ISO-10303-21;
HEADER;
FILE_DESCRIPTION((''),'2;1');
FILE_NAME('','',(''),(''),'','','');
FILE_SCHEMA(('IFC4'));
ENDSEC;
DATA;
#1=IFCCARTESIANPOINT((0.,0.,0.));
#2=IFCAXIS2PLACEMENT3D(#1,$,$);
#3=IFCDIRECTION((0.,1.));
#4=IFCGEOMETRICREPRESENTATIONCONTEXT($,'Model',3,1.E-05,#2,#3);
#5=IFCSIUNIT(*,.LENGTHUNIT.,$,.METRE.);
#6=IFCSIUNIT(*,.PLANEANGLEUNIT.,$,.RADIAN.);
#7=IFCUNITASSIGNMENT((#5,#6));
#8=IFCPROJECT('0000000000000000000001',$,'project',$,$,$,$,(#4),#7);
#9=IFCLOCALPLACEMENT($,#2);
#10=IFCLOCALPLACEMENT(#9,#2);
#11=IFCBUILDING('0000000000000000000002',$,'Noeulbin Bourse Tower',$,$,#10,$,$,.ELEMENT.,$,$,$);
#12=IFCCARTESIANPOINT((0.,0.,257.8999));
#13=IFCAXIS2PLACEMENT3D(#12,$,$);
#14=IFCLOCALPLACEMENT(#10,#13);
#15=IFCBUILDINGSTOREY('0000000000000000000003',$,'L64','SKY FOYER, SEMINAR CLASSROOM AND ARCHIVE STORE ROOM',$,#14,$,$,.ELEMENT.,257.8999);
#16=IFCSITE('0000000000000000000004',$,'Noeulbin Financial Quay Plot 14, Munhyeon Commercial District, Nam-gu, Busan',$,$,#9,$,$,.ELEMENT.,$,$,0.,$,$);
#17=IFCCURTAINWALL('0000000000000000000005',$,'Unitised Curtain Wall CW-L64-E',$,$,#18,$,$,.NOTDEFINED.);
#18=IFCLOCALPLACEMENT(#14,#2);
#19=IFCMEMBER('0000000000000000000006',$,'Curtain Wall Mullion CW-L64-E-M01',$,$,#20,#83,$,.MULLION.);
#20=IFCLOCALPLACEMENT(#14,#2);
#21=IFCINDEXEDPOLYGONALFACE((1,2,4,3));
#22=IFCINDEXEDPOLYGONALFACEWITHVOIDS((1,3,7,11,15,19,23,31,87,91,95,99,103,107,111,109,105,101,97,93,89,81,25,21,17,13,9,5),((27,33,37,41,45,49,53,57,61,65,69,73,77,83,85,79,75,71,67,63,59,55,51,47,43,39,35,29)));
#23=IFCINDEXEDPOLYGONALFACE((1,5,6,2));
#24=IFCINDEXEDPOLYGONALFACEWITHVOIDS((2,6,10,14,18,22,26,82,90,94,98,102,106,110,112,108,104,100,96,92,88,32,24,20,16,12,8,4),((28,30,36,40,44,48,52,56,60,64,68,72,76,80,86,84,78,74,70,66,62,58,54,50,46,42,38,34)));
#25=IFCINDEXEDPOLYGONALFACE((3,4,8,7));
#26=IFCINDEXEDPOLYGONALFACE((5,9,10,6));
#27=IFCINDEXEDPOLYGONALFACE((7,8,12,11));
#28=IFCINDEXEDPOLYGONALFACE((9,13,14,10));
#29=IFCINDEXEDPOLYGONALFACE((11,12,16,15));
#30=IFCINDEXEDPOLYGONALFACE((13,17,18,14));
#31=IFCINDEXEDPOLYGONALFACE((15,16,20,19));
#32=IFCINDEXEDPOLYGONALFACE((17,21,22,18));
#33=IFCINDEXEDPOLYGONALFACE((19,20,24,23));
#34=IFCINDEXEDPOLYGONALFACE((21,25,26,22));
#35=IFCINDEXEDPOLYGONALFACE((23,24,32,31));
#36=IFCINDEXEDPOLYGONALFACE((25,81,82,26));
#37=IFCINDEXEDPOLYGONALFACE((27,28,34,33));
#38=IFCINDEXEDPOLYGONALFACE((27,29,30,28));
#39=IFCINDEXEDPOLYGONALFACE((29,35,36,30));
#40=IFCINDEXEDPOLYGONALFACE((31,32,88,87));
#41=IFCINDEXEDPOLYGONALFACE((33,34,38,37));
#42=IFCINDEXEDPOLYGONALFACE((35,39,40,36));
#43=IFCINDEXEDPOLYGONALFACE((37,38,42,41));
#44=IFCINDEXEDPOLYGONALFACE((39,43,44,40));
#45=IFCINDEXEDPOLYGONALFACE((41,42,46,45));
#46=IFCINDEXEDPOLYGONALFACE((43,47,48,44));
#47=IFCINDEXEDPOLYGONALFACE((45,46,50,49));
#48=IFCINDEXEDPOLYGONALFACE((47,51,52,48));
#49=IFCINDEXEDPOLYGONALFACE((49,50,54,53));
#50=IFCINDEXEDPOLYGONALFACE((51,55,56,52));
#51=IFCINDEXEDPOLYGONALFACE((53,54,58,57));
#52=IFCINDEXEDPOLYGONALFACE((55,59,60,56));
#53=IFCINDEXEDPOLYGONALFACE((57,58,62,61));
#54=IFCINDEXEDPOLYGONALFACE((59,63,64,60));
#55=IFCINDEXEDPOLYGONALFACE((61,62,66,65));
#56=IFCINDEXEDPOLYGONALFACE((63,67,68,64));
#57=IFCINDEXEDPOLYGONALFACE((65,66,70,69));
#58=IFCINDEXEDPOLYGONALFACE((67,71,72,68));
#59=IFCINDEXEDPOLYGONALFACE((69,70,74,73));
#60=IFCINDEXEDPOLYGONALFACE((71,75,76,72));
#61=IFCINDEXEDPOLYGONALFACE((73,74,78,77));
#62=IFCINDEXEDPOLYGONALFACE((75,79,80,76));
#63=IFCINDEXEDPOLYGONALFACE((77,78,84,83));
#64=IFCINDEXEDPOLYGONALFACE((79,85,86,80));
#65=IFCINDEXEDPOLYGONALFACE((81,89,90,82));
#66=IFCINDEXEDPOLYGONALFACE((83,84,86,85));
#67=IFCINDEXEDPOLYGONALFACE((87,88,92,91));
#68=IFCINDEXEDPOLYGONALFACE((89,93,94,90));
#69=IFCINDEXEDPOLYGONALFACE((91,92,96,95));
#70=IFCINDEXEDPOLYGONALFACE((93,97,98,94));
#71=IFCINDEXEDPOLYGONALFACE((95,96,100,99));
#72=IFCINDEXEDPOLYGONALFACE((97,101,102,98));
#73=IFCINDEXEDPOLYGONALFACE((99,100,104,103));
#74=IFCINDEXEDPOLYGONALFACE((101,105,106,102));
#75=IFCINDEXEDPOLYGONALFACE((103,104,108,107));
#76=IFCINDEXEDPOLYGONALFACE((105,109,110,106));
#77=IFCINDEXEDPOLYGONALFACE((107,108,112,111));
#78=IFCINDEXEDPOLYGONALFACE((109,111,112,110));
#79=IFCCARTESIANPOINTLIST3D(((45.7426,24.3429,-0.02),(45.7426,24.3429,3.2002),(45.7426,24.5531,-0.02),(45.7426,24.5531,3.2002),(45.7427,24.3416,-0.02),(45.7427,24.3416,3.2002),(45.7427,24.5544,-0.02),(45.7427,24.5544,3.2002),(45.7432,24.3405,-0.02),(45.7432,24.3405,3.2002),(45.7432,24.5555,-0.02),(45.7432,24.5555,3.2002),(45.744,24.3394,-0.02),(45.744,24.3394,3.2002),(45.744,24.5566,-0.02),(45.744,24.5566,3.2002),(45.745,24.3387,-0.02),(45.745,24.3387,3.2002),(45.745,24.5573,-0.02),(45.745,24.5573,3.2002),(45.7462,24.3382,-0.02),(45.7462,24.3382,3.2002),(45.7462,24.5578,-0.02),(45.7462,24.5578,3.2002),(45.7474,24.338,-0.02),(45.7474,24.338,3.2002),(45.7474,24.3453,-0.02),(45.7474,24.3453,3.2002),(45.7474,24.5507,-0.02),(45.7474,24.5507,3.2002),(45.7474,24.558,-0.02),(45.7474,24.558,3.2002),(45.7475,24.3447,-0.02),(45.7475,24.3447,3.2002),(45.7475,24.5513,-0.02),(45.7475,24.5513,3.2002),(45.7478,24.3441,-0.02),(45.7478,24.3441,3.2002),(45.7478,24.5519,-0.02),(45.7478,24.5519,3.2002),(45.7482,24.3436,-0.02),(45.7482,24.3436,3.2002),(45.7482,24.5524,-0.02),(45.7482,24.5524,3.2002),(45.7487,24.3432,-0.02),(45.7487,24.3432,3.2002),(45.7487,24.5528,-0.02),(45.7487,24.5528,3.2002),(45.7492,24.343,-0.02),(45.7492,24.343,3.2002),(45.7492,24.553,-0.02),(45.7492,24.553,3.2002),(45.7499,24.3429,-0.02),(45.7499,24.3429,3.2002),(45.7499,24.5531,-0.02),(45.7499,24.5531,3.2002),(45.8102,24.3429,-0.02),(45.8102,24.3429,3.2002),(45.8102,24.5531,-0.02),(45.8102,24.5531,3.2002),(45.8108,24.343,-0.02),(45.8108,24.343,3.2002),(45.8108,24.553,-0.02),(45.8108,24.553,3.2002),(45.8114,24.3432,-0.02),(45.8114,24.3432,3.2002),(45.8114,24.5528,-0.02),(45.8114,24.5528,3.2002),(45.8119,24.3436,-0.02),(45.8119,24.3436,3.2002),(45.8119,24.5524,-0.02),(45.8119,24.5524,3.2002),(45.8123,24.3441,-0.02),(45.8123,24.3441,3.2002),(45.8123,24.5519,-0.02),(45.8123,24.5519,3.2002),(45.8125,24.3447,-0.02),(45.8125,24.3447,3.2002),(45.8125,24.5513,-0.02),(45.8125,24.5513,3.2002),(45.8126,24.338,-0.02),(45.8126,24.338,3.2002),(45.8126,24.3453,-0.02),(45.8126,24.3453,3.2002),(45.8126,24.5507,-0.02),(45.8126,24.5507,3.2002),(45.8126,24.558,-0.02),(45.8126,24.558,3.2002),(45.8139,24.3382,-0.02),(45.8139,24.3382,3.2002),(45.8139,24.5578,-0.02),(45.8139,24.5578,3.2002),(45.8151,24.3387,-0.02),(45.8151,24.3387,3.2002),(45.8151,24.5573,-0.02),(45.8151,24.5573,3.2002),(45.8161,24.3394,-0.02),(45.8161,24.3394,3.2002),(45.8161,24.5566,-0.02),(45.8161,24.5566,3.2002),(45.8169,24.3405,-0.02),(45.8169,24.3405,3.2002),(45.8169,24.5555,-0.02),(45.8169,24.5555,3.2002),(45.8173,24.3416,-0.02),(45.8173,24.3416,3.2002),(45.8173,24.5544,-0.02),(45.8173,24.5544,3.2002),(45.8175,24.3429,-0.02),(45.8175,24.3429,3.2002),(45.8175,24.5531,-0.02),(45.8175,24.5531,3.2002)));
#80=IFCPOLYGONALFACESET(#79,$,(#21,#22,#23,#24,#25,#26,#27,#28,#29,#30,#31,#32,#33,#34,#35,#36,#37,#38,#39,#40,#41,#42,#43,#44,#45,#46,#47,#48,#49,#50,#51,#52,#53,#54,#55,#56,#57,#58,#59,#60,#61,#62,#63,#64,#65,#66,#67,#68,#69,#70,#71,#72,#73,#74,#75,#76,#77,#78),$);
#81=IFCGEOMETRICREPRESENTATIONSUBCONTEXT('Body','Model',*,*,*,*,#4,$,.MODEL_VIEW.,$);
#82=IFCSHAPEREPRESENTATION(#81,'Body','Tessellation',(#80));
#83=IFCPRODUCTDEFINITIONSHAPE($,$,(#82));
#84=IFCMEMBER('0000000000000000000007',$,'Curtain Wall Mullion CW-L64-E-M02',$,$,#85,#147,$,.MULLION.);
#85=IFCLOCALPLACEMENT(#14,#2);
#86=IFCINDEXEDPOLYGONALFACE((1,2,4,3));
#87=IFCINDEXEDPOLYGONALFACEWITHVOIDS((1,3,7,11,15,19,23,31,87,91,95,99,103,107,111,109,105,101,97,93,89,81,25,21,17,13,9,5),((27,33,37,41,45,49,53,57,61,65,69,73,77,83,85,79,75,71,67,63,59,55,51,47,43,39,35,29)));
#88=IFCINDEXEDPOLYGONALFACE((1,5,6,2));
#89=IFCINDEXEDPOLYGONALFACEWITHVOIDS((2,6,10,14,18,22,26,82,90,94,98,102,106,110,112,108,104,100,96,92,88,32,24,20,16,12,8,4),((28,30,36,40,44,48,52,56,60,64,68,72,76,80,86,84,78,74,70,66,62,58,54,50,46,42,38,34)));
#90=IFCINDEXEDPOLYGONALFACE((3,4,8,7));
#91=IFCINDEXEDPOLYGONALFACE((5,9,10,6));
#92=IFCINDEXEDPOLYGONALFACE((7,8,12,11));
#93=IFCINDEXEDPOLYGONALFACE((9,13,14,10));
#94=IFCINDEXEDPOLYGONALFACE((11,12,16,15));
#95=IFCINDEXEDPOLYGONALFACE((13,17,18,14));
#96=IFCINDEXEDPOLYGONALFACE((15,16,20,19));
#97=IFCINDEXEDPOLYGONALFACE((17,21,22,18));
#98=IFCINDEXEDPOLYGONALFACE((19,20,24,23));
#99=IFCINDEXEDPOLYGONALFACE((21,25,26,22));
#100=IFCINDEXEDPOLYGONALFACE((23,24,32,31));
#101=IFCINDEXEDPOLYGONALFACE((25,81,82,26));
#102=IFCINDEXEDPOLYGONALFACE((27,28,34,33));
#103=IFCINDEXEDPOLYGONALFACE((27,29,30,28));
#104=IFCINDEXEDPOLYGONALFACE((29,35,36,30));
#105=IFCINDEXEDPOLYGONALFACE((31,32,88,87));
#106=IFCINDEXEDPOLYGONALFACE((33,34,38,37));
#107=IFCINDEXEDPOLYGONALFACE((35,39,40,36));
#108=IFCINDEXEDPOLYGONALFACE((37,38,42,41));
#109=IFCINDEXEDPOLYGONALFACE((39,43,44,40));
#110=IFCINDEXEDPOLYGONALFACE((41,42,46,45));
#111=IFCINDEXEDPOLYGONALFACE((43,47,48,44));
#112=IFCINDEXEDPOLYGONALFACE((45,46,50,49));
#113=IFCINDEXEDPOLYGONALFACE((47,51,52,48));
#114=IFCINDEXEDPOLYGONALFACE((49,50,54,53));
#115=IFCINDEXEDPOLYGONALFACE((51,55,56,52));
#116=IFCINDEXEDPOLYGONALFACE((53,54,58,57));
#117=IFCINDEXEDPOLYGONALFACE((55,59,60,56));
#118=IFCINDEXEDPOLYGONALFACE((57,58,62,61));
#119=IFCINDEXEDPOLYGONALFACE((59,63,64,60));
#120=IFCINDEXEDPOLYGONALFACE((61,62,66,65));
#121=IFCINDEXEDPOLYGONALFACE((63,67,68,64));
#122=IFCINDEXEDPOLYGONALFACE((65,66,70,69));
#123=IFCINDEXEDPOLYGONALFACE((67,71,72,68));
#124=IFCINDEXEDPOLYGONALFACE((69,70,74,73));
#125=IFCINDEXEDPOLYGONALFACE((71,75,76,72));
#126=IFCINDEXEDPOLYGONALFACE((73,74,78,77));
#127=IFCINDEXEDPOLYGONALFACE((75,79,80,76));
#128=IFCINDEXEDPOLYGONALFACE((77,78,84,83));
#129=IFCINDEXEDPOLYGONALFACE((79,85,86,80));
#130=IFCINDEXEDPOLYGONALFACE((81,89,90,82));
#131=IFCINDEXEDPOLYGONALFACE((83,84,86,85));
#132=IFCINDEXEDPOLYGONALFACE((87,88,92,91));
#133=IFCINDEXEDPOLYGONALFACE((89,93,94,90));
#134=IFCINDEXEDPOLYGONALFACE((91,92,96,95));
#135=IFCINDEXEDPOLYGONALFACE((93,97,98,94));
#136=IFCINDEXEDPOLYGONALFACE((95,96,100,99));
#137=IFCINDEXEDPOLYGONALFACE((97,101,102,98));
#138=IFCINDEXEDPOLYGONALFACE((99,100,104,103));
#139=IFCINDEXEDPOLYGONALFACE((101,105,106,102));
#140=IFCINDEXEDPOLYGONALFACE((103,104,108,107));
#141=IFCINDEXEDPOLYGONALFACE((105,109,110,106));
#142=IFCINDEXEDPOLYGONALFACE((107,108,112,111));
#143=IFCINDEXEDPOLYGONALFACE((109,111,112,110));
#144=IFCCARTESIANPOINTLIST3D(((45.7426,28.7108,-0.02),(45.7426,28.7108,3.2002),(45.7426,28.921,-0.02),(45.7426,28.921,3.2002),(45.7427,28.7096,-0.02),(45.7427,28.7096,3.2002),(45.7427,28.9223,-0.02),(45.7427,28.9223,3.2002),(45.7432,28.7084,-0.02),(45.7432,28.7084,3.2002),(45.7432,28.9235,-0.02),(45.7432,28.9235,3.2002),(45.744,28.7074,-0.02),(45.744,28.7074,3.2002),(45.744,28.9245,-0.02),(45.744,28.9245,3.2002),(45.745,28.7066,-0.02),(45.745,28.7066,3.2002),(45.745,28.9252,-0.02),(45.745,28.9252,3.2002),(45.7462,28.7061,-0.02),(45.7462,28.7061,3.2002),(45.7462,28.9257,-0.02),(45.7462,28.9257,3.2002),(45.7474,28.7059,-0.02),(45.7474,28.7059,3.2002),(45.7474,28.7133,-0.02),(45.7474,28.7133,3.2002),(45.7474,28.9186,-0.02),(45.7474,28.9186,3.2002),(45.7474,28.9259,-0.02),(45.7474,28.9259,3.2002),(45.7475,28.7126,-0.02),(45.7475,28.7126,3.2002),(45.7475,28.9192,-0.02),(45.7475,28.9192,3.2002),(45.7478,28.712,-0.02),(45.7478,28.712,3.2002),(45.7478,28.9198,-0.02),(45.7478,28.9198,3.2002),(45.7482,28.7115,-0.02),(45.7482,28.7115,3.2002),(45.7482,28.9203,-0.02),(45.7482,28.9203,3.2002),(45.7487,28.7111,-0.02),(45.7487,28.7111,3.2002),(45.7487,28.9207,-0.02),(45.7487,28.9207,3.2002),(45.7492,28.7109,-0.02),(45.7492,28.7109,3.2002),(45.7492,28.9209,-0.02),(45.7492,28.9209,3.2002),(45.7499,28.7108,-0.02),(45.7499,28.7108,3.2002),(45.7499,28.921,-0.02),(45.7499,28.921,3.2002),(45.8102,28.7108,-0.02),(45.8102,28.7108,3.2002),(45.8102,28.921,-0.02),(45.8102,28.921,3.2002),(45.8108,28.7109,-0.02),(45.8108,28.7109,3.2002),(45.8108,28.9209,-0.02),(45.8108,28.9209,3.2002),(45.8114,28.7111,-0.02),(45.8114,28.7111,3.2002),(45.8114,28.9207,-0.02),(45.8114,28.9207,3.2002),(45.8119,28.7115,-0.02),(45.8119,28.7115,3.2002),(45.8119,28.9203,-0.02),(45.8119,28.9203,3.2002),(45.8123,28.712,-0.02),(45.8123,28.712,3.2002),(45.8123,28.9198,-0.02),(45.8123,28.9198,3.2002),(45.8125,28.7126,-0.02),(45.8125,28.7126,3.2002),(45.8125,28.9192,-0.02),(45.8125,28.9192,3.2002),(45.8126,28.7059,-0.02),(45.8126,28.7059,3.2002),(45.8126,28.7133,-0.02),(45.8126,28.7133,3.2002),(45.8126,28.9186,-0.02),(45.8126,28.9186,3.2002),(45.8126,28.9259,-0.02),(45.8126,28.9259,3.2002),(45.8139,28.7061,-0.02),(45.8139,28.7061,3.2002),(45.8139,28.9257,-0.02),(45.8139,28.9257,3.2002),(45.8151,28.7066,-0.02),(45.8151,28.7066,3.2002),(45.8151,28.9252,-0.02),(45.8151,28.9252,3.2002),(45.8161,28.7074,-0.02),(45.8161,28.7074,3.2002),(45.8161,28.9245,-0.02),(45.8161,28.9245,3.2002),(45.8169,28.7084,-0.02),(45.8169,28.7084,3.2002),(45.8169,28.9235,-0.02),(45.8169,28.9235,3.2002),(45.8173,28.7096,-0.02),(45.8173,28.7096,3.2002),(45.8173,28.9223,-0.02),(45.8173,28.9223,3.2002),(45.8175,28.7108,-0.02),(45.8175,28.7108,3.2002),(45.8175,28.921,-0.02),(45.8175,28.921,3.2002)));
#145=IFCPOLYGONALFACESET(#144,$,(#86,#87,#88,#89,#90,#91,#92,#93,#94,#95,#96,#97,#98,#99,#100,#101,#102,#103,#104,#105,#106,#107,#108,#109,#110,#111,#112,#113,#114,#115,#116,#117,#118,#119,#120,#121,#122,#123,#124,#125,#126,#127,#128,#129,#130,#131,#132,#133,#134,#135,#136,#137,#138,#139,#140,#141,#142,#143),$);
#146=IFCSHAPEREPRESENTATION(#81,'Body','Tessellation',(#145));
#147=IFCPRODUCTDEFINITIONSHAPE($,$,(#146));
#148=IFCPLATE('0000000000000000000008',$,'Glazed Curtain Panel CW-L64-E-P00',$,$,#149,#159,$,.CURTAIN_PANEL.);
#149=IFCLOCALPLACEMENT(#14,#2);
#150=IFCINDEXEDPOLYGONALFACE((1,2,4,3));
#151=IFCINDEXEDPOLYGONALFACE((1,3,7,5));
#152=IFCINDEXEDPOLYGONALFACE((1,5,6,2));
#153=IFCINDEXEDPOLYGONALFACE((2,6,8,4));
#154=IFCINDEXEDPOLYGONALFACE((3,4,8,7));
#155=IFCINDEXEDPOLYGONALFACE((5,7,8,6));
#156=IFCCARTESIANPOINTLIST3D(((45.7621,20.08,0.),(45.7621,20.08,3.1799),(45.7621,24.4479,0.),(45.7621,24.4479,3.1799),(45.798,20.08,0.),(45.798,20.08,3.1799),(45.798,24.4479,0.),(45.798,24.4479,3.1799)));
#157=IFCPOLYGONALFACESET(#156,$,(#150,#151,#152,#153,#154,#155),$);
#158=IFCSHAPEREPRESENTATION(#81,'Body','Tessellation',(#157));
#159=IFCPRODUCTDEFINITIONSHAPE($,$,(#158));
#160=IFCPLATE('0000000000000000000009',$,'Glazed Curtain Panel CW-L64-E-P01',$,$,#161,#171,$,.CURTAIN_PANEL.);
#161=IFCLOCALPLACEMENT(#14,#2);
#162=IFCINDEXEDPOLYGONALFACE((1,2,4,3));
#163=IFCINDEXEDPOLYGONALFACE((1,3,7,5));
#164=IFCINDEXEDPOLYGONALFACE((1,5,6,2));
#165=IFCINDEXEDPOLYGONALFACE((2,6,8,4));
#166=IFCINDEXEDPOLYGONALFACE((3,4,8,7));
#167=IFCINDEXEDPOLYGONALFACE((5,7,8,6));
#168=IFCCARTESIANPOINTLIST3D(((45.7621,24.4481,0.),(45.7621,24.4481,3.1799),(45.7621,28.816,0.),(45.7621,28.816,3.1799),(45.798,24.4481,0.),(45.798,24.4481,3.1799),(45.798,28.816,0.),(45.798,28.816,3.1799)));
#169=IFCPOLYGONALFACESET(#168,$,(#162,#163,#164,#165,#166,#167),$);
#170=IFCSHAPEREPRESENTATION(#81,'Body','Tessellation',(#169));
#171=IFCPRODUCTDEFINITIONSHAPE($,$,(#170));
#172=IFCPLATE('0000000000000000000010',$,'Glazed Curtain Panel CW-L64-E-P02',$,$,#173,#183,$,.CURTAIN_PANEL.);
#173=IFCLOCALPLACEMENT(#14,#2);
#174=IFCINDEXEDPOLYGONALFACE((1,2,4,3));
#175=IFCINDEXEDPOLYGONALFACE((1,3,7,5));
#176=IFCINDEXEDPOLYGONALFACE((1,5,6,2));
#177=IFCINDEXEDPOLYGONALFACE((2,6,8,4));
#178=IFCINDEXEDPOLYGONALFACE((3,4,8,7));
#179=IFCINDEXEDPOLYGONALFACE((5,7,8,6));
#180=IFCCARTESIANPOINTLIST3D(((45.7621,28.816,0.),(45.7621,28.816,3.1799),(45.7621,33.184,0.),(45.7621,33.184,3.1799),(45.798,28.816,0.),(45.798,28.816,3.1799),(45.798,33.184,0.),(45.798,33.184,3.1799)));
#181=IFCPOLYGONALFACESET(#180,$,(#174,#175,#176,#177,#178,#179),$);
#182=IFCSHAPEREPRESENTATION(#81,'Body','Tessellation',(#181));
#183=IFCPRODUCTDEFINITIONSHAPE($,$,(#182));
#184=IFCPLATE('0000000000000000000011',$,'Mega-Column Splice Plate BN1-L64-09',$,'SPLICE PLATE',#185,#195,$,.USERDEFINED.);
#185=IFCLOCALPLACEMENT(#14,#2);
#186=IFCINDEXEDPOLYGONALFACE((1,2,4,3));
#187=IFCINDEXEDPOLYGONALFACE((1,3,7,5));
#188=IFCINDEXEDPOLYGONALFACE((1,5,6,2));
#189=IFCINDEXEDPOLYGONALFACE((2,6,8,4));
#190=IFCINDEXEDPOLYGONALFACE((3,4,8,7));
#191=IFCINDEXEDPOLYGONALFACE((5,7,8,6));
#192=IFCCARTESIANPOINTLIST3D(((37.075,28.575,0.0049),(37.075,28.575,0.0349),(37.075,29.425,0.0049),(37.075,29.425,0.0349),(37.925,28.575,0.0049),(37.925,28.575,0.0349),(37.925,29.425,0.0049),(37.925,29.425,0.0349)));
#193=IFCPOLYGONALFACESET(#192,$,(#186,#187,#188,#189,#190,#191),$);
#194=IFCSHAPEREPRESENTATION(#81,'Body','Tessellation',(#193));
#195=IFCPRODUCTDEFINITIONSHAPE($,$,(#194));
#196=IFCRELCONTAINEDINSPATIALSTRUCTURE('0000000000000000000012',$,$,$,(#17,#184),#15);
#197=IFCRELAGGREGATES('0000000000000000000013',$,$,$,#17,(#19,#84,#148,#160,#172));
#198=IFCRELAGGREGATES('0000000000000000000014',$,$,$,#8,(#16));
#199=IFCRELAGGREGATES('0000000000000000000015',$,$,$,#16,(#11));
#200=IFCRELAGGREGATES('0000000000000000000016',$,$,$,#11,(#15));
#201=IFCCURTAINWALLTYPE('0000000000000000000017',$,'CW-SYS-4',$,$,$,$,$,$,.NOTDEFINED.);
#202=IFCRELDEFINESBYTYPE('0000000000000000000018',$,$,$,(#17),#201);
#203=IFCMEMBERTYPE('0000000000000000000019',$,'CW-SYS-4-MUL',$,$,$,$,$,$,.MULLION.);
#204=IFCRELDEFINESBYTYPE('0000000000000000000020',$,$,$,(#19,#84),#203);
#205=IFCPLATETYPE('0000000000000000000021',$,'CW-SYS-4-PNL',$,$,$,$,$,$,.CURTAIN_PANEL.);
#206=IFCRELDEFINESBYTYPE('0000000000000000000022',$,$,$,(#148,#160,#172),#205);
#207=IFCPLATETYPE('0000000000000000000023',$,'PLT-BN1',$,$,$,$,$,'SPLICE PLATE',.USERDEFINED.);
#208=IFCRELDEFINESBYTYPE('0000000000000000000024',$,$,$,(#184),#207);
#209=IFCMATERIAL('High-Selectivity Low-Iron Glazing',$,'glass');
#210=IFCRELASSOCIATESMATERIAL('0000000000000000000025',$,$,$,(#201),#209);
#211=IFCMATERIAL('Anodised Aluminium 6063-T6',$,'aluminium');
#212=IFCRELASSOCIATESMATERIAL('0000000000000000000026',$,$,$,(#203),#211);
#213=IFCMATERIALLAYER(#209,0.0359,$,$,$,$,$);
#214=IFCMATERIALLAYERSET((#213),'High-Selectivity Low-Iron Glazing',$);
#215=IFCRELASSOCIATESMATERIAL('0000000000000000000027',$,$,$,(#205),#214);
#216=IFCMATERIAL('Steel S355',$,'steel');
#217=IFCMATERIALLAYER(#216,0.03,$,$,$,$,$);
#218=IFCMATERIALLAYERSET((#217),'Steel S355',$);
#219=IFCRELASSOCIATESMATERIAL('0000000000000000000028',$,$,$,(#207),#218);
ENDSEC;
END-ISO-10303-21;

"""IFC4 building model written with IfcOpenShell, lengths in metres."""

from ifc_helpers import new_model, si_unit, direction, frame, origin, origin_2d, place, context, subcontext, project, spatial, rectangle, hollow_rectangle, extrude, material, layer, layer_set, material_profile, profile_set, type_object, element, aggregate, save


model = new_model("IFC4")

# Units and contexts
model_context = context("Model", 3, precision=1e-05, world=origin(), true_north=direction((0.0, 1.0)))
body_context = subcontext(model_context, "Body", "Model", "MODEL_VIEW")
ifc_project = project(units=[si_unit("LENGTHUNIT", "METRE"), si_unit("PLANEANGLEUNIT", "RADIAN")], contexts=[model_context])

# Site, building, storey
site_placement = place(None, origin())
site = spatial("IfcSite", under=ifc_project, at=site_placement, Name="Noeulbin Financial Quay Plot 14, Munhyeon Commercial District, Nam-gu, Busan", CompositionType="ELEMENT", RefElevation=0.0)
building_placement = place(site_placement, origin())
building = spatial("IfcBuilding", under=site, at=building_placement, Name="Noeulbin Bourse Tower", CompositionType="ELEMENT")
storey_placement = place(building_placement, frame((0.0, 0.0, 257.8999)))
storey = spatial("IfcBuildingStorey", under=building, at=storey_placement, Name="L64", Description="SKY FOYER, SEMINAR CLASSROOM AND ARCHIVE STORE ROOM", CompositionType="ELEMENT", Elevation=257.8999)

# Shared definitions
ifc_material_1 = material(Name="Steel S355", Category="steel")

# Curtain wall, members, plates
ifc_material_2 = material(Name="High-Selectivity Low-Iron Glazing", Category="glass")
curtain_wall_type = type_object("IfcCurtainWallType", Name="CW-SYS-4", PredefinedType="NOTDEFINED", material=ifc_material_2)
curtain_wall_placement = place(storey_placement, origin())
curtain_wall = element("IfcCurtainWall", 1, at=curtain_wall_placement, inside=storey, type_object=curtain_wall_type, Name="Unitised Curtain Wall CW-L64-E", PredefinedType="NOTDEFINED")
ifc_material_3 = material(Name="Anodised Aluminium 6063-T6", Category="aluminium")
ifc_material_profile_1 = material_profile(ifc_material_3, hollow_rectangle(XDim=0.075, YDim=0.22, WallThickness=0.0049, InnerFilletRadius=0.0024, OuterFilletRadius=0.0049, at=origin_2d()), Name="ALU-MULL-75x220x5", Category="LoadBearing")
ifc_profile_set_1 = profile_set([ifc_material_profile_1], Name="Anodised Aluminium 6063-T6")
member_type = type_object("IfcMemberType", Name="CW-SYS-4-MUL", PredefinedType="MULLION", material=ifc_profile_set_1)
member_1_placement = place(storey_placement, frame((45.78, 24.448, -0.02), z_axis=(0.0, 0.0, 1.0), x_axis=(1.0, 0.0, 0.0)))
member_1 = element("IfcMember", 2, at=member_1_placement, type_object=member_type, Name="Curtain Wall Mullion CW-L64-E-M01", PredefinedType="MULLION", context=body_context, shape_type="SweptSolid", body=[
    extrude(hollow_rectangle(XDim=0.075, YDim=0.22, WallThickness=0.0049, InnerFilletRadius=0.0024, OuterFilletRadius=0.0049, at=origin_2d()), origin(), (0.0, 0.0, 1.0), 3.2202),
])
member_2_placement = place(storey_placement, frame((45.78, 28.8159, -0.02), z_axis=(0.0, 0.0, 1.0), x_axis=(1.0, 0.0, 0.0)))
member_2 = element("IfcMember", 3, at=member_2_placement, type_object=member_type, Name="Curtain Wall Mullion CW-L64-E-M02", PredefinedType="MULLION", context=body_context, shape_type="SweptSolid", body=[
    extrude(hollow_rectangle(XDim=0.075, YDim=0.22, WallThickness=0.0049, InnerFilletRadius=0.0024, OuterFilletRadius=0.0049, at=origin_2d()), origin(), (0.0, 0.0, 1.0), 3.2202),
])
ifc_layer_1 = layer(ifc_material_2, 0.0359)
ifc_layer_set_1 = layer_set([ifc_layer_1], Name="High-Selectivity Low-Iron Glazing")
plate_type_1 = type_object("IfcPlateType", Name="CW-SYS-4-PNL", PredefinedType="CURTAIN_PANEL", material=ifc_layer_set_1)
plate_1_placement = place(storey_placement, frame((45.78, 22.2639, 0.0), z_axis=(0.0, 0.0, 1.0), x_axis=(0.0, 1.0, 0.0)))
plate_1 = element("IfcPlate", 4, at=plate_1_placement, type_object=plate_type_1, Name="Glazed Curtain Panel CW-L64-E-P00", PredefinedType="CURTAIN_PANEL", context=body_context, shape_type="SweptSolid", body=[
    extrude(rectangle(XDim=4.3679, YDim=0.0359, at=origin_2d()), origin(), (0.0, 0.0, 1.0), 3.1799),
])
plate_2_placement = place(storey_placement, frame((45.78, 26.6321, 0.0), z_axis=(0.0, 0.0, 1.0), x_axis=(0.0, 1.0, 0.0)))
plate_2 = element("IfcPlate", 5, at=plate_2_placement, type_object=plate_type_1, Name="Glazed Curtain Panel CW-L64-E-P01", PredefinedType="CURTAIN_PANEL", context=body_context, shape_type="SweptSolid", body=[
    extrude(rectangle(XDim=4.3679, YDim=0.0359, at=origin_2d()), origin(), (0.0, 0.0, 1.0), 3.1799),
])
plate_3_placement = place(storey_placement, frame((45.78, 31.0, 0.0), z_axis=(0.0, 0.0, 1.0), x_axis=(0.0, 1.0, 0.0)))
plate_3 = element("IfcPlate", 6, at=plate_3_placement, type_object=plate_type_1, Name="Glazed Curtain Panel CW-L64-E-P02", PredefinedType="CURTAIN_PANEL", context=body_context, shape_type="SweptSolid", body=[
    extrude(rectangle(XDim=4.3679, YDim=0.0359, at=origin_2d()), origin(), (0.0, 0.0, 1.0), 3.1799),
])
aggregate(curtain_wall, [member_1, member_2, plate_1, plate_2, plate_3])

# Plate
ifc_layer_2 = layer(ifc_material_1, 0.03)
ifc_layer_set_2 = layer_set([ifc_layer_2], Name="Steel S355")
plate_type_2 = type_object("IfcPlateType", Name="PLT-BN1", ElementType="SPLICE PLATE", PredefinedType="USERDEFINED", material=ifc_layer_set_2)
for number, where, z_axis, x_axis, name in (
    (7, (37.5, 29.0, 0.0049), (0.0, 0.0, 1.0), (1.0, 0.0, 0.0), "Mega-Column Splice Plate BN1-L64-09"),
):
    element("IfcPlate", number, at=place(storey_placement, frame(where, z_axis=z_axis, x_axis=x_axis)), inside=storey, type_object=plate_type_2, Name=name, ObjectType="SPLICE PLATE", PredefinedType="USERDEFINED", context=body_context, shape_type="SweptSolid", body=[
        extrude(rectangle(XDim=0.8501, YDim=0.8501, at=origin_2d()), origin(), (0.0, 0.0, 1.0), 0.03),
    ])

save(model, "model.ifc")
